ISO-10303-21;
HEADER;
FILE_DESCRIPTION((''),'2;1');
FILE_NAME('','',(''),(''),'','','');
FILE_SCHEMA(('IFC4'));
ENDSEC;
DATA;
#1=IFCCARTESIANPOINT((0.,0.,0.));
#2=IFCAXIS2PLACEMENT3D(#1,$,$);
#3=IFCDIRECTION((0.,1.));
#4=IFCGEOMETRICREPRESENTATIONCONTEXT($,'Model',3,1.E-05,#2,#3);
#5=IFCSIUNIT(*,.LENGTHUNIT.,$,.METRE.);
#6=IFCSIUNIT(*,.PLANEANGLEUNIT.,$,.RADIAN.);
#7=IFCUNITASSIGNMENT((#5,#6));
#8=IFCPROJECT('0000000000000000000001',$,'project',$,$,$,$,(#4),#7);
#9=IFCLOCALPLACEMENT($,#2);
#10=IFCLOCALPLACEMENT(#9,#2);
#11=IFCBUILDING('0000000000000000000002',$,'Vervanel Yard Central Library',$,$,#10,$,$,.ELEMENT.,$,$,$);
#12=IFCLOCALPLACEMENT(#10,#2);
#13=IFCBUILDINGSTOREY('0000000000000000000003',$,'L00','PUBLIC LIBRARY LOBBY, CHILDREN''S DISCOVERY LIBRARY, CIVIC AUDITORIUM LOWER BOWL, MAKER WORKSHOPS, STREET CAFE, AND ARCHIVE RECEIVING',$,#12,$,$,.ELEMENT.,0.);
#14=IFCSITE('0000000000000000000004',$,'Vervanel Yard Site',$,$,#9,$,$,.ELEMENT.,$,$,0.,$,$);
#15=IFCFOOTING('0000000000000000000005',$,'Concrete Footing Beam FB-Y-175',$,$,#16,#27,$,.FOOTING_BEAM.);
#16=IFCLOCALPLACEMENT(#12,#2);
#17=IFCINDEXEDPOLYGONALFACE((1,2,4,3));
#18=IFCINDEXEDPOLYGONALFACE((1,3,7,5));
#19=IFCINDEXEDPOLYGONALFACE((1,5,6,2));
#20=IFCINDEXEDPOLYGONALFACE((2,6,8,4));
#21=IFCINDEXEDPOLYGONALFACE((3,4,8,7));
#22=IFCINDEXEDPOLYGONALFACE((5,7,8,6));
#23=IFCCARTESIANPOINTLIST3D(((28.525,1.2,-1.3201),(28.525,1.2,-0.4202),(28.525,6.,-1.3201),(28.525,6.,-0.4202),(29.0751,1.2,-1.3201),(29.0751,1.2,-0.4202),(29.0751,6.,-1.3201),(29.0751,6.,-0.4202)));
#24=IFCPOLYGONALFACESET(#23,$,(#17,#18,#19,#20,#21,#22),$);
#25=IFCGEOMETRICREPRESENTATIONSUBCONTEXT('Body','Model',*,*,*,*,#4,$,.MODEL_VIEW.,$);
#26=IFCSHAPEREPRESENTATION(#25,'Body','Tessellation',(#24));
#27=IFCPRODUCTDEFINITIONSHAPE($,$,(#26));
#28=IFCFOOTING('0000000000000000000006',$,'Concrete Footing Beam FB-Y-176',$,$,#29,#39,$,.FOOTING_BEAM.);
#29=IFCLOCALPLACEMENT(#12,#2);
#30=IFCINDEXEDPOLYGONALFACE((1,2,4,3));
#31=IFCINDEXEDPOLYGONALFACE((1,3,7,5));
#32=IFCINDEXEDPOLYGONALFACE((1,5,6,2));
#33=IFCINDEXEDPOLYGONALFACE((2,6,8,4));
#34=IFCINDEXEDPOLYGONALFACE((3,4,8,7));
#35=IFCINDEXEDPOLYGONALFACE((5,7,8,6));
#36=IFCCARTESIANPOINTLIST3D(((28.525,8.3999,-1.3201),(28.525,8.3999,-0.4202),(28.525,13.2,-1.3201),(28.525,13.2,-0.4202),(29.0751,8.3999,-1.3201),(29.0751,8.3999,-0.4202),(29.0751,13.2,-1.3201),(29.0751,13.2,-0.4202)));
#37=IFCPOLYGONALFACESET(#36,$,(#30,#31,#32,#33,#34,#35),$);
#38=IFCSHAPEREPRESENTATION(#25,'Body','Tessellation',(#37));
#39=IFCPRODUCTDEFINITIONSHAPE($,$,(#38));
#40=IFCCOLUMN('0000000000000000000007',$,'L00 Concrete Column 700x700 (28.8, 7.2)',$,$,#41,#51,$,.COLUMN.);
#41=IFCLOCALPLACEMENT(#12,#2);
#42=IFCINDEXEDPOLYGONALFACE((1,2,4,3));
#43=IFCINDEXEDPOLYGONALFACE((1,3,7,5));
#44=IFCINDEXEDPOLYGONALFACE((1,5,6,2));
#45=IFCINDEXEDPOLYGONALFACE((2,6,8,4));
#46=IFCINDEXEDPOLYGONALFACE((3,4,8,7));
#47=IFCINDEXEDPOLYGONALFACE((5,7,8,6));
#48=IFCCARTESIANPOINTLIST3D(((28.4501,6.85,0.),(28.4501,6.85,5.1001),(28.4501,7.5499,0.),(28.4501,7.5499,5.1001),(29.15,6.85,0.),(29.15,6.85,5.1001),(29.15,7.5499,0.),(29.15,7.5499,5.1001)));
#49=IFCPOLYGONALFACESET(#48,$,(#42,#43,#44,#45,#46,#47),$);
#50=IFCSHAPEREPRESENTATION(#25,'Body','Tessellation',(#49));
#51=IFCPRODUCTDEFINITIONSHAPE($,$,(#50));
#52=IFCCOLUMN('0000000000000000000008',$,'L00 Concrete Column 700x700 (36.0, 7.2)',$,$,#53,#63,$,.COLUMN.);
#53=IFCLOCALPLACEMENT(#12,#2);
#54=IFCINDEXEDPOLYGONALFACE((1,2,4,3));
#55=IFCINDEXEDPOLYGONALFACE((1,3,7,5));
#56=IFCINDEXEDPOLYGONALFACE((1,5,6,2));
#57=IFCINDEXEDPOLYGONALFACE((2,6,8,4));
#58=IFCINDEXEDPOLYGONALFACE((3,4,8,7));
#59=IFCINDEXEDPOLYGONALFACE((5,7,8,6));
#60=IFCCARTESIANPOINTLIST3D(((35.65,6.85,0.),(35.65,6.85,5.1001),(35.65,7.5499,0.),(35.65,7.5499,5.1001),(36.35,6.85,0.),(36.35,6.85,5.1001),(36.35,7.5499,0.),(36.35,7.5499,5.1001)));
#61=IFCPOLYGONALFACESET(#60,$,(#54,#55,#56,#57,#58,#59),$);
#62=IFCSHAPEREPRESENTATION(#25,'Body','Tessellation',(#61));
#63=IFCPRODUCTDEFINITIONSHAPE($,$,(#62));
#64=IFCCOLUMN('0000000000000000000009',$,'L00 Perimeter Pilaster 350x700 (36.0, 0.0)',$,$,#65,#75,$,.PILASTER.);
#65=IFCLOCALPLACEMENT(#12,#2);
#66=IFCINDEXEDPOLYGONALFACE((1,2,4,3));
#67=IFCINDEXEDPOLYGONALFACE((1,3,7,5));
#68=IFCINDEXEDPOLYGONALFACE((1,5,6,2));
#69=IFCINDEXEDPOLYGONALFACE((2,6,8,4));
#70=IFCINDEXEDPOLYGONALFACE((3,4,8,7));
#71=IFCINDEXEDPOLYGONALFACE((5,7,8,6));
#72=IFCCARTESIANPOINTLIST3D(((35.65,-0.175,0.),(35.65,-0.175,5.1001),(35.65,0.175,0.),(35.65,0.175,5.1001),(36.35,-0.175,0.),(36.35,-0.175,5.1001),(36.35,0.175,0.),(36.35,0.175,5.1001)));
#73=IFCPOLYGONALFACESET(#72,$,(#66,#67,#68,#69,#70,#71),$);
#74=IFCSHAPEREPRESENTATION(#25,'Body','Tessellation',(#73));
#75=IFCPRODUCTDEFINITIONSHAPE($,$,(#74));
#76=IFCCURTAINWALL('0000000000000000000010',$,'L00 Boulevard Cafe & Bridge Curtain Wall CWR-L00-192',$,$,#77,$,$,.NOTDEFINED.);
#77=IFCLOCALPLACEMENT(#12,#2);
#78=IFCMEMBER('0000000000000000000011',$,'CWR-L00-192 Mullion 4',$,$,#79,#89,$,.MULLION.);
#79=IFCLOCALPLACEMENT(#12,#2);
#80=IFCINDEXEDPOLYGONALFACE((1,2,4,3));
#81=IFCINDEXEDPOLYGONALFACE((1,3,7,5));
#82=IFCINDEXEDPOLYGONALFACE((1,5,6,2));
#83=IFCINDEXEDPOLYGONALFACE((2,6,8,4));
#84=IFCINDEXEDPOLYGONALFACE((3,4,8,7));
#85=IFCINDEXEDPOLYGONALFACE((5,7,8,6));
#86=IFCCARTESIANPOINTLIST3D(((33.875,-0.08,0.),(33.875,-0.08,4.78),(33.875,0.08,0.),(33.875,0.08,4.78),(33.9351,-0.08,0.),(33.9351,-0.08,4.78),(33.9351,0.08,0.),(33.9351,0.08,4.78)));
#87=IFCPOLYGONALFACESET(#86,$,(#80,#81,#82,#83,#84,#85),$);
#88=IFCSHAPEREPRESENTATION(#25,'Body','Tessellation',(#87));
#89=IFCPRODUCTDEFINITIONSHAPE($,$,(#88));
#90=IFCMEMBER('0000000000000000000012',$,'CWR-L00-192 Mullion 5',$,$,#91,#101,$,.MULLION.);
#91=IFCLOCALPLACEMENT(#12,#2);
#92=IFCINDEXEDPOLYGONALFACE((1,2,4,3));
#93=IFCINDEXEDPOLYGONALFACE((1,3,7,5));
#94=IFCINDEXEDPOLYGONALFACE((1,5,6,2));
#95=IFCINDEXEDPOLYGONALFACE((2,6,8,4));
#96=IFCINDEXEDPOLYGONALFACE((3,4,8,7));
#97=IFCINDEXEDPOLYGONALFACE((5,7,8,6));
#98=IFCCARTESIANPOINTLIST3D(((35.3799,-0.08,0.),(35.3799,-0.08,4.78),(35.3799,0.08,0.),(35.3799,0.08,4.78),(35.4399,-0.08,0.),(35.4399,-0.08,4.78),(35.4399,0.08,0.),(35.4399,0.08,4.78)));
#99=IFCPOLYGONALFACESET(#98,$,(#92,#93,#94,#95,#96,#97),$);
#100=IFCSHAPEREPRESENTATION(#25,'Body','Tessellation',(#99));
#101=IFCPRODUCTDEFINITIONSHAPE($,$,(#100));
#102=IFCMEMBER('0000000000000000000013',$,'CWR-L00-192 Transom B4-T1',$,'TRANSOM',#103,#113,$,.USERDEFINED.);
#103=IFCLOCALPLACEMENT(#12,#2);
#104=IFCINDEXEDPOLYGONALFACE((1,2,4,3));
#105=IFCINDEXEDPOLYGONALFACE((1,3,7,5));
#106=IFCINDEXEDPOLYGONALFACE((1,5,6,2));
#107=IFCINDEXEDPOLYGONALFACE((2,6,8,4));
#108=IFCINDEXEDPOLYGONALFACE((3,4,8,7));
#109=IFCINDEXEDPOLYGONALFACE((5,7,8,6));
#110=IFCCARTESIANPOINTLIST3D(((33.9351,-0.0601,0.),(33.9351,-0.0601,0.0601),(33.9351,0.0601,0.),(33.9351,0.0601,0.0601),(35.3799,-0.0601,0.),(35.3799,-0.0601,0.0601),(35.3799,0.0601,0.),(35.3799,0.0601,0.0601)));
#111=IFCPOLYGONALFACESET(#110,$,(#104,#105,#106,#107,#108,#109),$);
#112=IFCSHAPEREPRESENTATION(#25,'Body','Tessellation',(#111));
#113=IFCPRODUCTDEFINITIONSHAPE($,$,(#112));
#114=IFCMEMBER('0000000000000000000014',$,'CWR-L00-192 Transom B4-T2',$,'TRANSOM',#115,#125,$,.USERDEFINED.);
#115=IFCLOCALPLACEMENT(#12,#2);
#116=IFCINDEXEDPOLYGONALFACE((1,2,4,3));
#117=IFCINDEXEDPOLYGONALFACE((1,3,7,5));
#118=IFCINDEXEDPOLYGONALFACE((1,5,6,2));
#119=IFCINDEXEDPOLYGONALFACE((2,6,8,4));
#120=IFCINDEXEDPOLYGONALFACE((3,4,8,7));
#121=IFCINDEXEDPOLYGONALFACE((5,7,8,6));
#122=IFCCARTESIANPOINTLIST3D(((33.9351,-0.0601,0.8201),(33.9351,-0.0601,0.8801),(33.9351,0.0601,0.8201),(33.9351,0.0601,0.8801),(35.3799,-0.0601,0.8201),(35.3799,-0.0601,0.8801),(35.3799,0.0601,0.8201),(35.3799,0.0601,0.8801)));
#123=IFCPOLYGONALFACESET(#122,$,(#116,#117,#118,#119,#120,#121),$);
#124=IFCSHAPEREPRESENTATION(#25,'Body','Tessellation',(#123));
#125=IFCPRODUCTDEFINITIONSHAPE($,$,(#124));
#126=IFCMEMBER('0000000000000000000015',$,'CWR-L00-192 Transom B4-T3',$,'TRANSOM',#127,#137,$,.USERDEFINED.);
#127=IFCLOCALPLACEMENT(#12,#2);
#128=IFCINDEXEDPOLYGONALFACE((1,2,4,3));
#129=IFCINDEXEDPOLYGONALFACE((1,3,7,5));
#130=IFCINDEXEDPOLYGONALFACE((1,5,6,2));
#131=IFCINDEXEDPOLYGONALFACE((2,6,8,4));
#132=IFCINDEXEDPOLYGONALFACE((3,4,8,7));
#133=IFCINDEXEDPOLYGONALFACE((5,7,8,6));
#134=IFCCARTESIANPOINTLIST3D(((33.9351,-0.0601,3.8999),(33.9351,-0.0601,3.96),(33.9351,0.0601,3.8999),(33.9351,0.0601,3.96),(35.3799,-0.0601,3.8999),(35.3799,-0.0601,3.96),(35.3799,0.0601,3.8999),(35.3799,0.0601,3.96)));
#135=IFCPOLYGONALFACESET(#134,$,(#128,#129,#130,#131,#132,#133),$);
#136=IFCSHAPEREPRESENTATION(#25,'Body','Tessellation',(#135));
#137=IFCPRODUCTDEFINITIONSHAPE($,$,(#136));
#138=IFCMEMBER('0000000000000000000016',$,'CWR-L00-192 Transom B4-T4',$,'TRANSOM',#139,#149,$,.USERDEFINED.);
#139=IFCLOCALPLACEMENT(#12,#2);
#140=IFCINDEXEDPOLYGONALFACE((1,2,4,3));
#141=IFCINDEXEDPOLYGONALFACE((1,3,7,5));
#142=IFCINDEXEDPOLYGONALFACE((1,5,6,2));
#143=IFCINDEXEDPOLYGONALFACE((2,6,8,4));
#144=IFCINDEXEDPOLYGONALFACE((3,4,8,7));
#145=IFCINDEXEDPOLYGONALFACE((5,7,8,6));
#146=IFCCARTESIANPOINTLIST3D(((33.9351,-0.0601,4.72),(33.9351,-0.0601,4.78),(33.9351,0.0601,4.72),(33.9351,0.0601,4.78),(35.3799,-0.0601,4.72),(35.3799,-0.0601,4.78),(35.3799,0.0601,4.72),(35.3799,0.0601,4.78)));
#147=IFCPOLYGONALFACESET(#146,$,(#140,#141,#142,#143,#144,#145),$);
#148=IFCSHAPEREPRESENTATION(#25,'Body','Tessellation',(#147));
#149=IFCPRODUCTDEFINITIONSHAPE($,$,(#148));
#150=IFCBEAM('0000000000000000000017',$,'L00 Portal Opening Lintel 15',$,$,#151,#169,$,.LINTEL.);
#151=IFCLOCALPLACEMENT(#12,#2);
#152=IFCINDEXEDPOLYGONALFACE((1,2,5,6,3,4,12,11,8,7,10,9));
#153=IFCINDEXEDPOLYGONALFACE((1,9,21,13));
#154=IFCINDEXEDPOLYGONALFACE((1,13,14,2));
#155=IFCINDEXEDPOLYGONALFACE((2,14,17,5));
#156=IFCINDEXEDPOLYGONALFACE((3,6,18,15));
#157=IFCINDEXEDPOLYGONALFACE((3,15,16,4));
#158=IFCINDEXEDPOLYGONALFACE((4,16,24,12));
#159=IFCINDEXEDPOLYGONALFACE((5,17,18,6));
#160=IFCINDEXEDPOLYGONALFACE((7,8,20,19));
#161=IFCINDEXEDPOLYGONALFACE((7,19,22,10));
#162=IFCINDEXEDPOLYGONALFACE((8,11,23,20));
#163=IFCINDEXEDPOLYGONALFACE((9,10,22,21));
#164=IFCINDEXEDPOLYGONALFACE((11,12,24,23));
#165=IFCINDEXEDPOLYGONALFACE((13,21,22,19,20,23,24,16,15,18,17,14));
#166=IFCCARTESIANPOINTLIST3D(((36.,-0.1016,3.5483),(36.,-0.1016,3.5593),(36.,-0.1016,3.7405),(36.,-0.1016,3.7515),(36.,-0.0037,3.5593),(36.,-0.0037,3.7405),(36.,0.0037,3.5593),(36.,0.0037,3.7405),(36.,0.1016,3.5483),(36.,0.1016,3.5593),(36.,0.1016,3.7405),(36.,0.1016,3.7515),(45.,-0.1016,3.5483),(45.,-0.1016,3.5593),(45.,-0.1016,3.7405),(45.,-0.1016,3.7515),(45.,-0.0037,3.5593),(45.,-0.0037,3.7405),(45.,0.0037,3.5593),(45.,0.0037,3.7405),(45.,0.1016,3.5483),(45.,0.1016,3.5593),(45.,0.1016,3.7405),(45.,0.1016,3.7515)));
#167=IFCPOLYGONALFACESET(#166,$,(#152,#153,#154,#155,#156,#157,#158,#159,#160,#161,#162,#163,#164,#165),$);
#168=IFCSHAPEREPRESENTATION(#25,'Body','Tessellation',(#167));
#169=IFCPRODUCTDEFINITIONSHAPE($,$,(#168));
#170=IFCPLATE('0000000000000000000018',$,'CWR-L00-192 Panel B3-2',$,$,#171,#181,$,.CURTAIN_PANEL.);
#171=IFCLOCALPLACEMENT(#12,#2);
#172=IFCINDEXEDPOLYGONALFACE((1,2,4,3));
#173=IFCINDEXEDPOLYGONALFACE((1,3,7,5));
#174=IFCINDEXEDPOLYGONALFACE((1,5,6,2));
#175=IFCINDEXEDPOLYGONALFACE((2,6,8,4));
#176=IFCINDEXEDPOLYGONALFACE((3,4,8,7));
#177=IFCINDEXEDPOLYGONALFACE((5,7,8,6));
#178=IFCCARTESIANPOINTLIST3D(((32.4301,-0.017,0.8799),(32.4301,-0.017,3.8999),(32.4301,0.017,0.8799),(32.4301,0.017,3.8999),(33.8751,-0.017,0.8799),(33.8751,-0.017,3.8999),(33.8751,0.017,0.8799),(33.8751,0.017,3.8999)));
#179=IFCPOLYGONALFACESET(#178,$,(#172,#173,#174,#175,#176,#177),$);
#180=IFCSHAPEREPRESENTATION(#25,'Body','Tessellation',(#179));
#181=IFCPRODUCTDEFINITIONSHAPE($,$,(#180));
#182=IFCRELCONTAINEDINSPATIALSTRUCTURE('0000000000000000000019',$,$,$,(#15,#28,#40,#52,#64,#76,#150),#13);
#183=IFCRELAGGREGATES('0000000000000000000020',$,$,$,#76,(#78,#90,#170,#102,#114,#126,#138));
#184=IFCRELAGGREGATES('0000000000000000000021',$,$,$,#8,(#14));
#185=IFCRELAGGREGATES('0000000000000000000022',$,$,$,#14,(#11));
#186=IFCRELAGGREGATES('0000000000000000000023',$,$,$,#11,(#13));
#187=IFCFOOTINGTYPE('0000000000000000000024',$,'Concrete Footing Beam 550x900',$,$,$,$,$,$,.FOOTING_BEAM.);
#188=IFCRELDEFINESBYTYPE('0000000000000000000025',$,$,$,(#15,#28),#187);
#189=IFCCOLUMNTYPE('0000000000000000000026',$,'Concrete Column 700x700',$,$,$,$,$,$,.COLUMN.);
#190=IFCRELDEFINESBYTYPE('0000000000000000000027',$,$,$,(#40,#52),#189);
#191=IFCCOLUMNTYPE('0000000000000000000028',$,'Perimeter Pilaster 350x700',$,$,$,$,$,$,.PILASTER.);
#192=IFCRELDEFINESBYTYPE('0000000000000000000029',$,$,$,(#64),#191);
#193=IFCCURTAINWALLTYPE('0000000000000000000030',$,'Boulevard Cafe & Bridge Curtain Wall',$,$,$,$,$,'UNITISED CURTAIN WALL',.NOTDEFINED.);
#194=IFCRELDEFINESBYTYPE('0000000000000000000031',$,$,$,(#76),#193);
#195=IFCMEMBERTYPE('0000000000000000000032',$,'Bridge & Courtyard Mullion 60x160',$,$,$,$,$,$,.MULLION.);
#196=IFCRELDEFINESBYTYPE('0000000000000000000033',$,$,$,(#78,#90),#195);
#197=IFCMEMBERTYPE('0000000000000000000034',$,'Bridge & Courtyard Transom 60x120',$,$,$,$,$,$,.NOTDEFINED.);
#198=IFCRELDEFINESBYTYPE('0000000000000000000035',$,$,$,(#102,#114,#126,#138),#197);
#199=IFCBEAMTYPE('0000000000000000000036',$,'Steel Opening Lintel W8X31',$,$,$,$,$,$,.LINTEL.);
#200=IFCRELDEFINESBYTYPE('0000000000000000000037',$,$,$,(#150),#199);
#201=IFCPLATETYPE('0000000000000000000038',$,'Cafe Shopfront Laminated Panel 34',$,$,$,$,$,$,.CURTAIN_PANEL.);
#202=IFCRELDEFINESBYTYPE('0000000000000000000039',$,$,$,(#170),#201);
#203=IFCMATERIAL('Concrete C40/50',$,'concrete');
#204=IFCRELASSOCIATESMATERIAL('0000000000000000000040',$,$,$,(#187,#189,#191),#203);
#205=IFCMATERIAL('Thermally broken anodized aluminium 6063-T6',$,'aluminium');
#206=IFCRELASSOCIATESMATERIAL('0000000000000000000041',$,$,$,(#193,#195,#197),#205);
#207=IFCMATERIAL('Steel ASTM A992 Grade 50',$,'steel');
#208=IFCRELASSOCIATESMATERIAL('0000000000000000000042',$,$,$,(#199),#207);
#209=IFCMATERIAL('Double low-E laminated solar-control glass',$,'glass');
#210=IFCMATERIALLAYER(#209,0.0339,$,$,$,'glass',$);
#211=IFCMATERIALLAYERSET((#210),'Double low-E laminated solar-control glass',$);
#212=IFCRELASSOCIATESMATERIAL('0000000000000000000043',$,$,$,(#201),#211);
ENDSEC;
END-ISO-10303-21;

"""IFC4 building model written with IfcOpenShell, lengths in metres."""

from ifc_helpers import new_model, si_unit, direction, frame, origin, origin_2d, place, context, subcontext, project, spatial, rectangle, i_section, extrude, material, layer, layer_set, material_profile, profile_set, type_object, element, aggregate, save


model = new_model("IFC4")

# Units and contexts
model_context = context("Model", 3, precision=1e-05, world=origin(), true_north=direction((0.0, 1.0)))
body_context = subcontext(model_context, "Body", "Model", "MODEL_VIEW")
ifc_project = project(units=[si_unit("LENGTHUNIT", "METRE"), si_unit("PLANEANGLEUNIT", "RADIAN")], contexts=[model_context])

# Site, building, storey
site_placement = place(None, origin())
site = spatial("IfcSite", under=ifc_project, at=site_placement, Name="Vervanel Yard Site", CompositionType="ELEMENT", RefElevation=0.0)
building_placement = place(site_placement, origin())
building = spatial("IfcBuilding", under=site, at=building_placement, Name="Vervanel Yard Central Library", CompositionType="ELEMENT")
storey_placement = place(building_placement, origin())
storey = spatial("IfcBuildingStorey", under=building, at=storey_placement, Name="L00", Description="PUBLIC LIBRARY LOBBY, CHILDREN'S DISCOVERY LIBRARY, CIVIC AUDITORIUM LOWER BOWL, MAKER WORKSHOPS, STREET CAFE, AND ARCHIVE RECEIVING", CompositionType="ELEMENT", Elevation=0.0)

# Shared definitions
ifc_material_1 = material(Name="Concrete C40/50", Category="concrete")

# Footings
ifc_material_profile_1 = material_profile(ifc_material_1, rectangle(XDim=0.55, YDim=0.8999, at=origin_2d()), Name="RC 550x900", Category="concrete")
ifc_profile_set_1 = profile_set([ifc_material_profile_1], Name="Concrete C40/50")
footing_type_1 = type_object("IfcFootingType", Name="Concrete Footing Beam 550x900", PredefinedType="FOOTING_BEAM", material=ifc_profile_set_1)
for number, where, z_axis, x_axis, name in (
    (1, (28.8, 1.2, -0.8701), (0.0, 1.0, 0.0), (-1.0, 0.0, 0.0), "Concrete Footing Beam FB-Y-175"),
    (2, (28.8, 8.3999, -0.8701), (0.0, 1.0, 0.0), (-1.0, 0.0, 0.0), "Concrete Footing Beam FB-Y-176"),
):
    element("IfcFooting", number, at=place(storey_placement, frame(where, z_axis=z_axis, x_axis=x_axis)), inside=storey, type_object=footing_type_1, Name=name, PredefinedType="FOOTING_BEAM", context=body_context, shape_type="SweptSolid", body=[
        extrude(rectangle(XDim=0.55, YDim=0.8999, at=origin_2d()), origin(), (0.0, 0.0, 1.0), 4.8),
    ])

# Columns
ifc_material_profile_2 = material_profile(ifc_material_1, rectangle(XDim=0.7, YDim=0.7, at=origin_2d()), Name="RC 700x700", Category="concrete")
ifc_profile_set_2 = profile_set([ifc_material_profile_2], Name="Concrete C40/50")
column_type_1 = type_object("IfcColumnType", Name="Concrete Column 700x700", PredefinedType="COLUMN", material=ifc_profile_set_2)
for number, where, z_axis, x_axis, name in (
    (3, (28.8, 7.2, 0.0), (0.0, 0.0, 1.0), (1.0, 0.0, 0.0), "L00 Concrete Column 700x700 (28.8, 7.2)"),
    (4, (36.0, 7.2, 0.0), (0.0, 0.0, 1.0), (1.0, 0.0, 0.0), "L00 Concrete Column 700x700 (36.0, 7.2)"),
):
    element("IfcColumn", number, at=place(storey_placement, frame(where, z_axis=z_axis, x_axis=x_axis)), inside=storey, type_object=column_type_1, Name=name, PredefinedType="COLUMN", context=body_context, shape_type="SweptSolid", body=[
        extrude(rectangle(XDim=0.7, YDim=0.7, at=origin_2d()), origin(), (0.0, 0.0, 1.0), 5.1001),
    ])
ifc_material_profile_3 = material_profile(ifc_material_1, rectangle(XDim=0.3501, YDim=0.7, at=origin_2d()), Name="RC 350x700", Category="concrete")
ifc_profile_set_3 = profile_set([ifc_material_profile_3], Name="Concrete C40/50")
column_type_2 = type_object("IfcColumnType", Name="Perimeter Pilaster 350x700", PredefinedType="PILASTER", material=ifc_profile_set_3)
column_placement = place(storey_placement, frame((36.0, 0.0, 0.0), z_axis=(0.0, 0.0, 1.0), x_axis=(0.0, 1.0, 0.0)))
element("IfcColumn", 5, at=column_placement, inside=storey, type_object=column_type_2, Name="L00 Perimeter Pilaster 350x700 (36.0, 0.0)", PredefinedType="PILASTER", context=body_context, shape_type="SweptSolid", body=[
    extrude(rectangle(XDim=0.3501, YDim=0.7, at=origin_2d()), origin(), (0.0, 0.0, 1.0), 5.1001),
])

# Curtain wall, members
ifc_material_2 = material(Name="Thermally broken anodized aluminium 6063-T6", Category="aluminium")
curtain_wall_type = type_object("IfcCurtainWallType", Name="Boulevard Cafe & Bridge Curtain Wall", ElementType="UNITISED CURTAIN WALL", PredefinedType="NOTDEFINED", material=ifc_material_2)
curtain_wall_placement = place(storey_placement, origin())
curtain_wall = element("IfcCurtainWall", 6, at=curtain_wall_placement, inside=storey, type_object=curtain_wall_type, Name="L00 Boulevard Cafe & Bridge Curtain Wall CWR-L00-192", PredefinedType="NOTDEFINED")
ifc_material_profile_4 = material_profile(ifc_material_2, rectangle(XDim=0.0601, YDim=0.1599, at=origin_2d()), Name="ALU 60x160", Category="aluminium")
ifc_profile_set_4 = profile_set([ifc_material_profile_4], Name="Thermally broken anodized aluminium 6063-T6")
member_type_1 = type_object("IfcMemberType", Name="Bridge & Courtyard Mullion 60x160", PredefinedType="MULLION", material=ifc_profile_set_4)
member_1_placement = place(storey_placement, frame((33.905, 0.0, 0.0), z_axis=(0.0, 0.0, 1.0), x_axis=(1.0, 0.0, 0.0)))
member_1 = element("IfcMember", 7, at=member_1_placement, type_object=member_type_1, Name="CWR-L00-192 Mullion 4", PredefinedType="MULLION", context=body_context, shape_type="SweptSolid", body=[
    extrude(rectangle(XDim=0.0601, YDim=0.1599, at=origin_2d()), origin(), (0.0, 0.0, 1.0), 4.78),
])
member_2_placement = place(storey_placement, frame((35.4099, 0.0, 0.0), z_axis=(0.0, 0.0, 1.0), x_axis=(1.0, 0.0, 0.0)))
member_2 = element("IfcMember", 8, at=member_2_placement, type_object=member_type_1, Name="CWR-L00-192 Mullion 5", PredefinedType="MULLION", context=body_context, shape_type="SweptSolid", body=[
    extrude(rectangle(XDim=0.0601, YDim=0.1599, at=origin_2d()), origin(), (0.0, 0.0, 1.0), 4.78),
])
ifc_material_profile_5 = material_profile(ifc_material_2, rectangle(XDim=0.0601, YDim=0.1201, at=origin_2d()), Name="ALU 60x120", Category="aluminium")
ifc_profile_set_5 = profile_set([ifc_material_profile_5], Name="Thermally broken anodized aluminium 6063-T6")
member_type_2 = type_object("IfcMemberType", Name="Bridge & Courtyard Transom 60x120", PredefinedType="NOTDEFINED", material=ifc_profile_set_5)
member_3_placement = place(storey_placement, frame((33.9351, 0.0, 0.03), z_axis=(1.0, 0.0, 0.0), x_axis=(0.0, 0.0, 1.0)))
member_3 = element("IfcMember", 9, at=member_3_placement, type_object=member_type_2, Name="CWR-L00-192 Transom B4-T1", ObjectType="TRANSOM", PredefinedType="USERDEFINED", context=body_context, shape_type="SweptSolid", body=[
    extrude(rectangle(XDim=0.0601, YDim=0.1201, at=origin_2d()), origin(), (0.0, 0.0, 1.0), 1.4448),
])
member_4_placement = place(storey_placement, frame((33.9351, 0.0, 0.8501), z_axis=(1.0, 0.0, 0.0), x_axis=(0.0, 0.0, 1.0)))
member_4 = element("IfcMember", 10, at=member_4_placement, type_object=member_type_2, Name="CWR-L00-192 Transom B4-T2", ObjectType="TRANSOM", PredefinedType="USERDEFINED", context=body_context, shape_type="SweptSolid", body=[
    extrude(rectangle(XDim=0.0601, YDim=0.1201, at=origin_2d()), origin(), (0.0, 0.0, 1.0), 1.4448),
])
member_5_placement = place(storey_placement, frame((33.9351, 0.0, 3.9299), z_axis=(1.0, 0.0, 0.0), x_axis=(0.0, 0.0, 1.0)))
member_5 = element("IfcMember", 11, at=member_5_placement, type_object=member_type_2, Name="CWR-L00-192 Transom B4-T3", ObjectType="TRANSOM", PredefinedType="USERDEFINED", context=body_context, shape_type="SweptSolid", body=[
    extrude(rectangle(XDim=0.0601, YDim=0.1201, at=origin_2d()), origin(), (0.0, 0.0, 1.0), 1.4448),
])
member_6_placement = place(storey_placement, frame((33.9351, 0.0, 4.75), z_axis=(1.0, 0.0, 0.0), x_axis=(0.0, 0.0, 1.0)))
member_6 = element("IfcMember", 12, at=member_6_placement, type_object=member_type_2, Name="CWR-L00-192 Transom B4-T4", ObjectType="TRANSOM", PredefinedType="USERDEFINED", context=body_context, shape_type="SweptSolid", body=[
    extrude(rectangle(XDim=0.0601, YDim=0.1201, at=origin_2d()), origin(), (0.0, 0.0, 1.0), 1.4448),
])

# Beam
ifc_material_3 = material(Name="Steel ASTM A992 Grade 50", Category="steel")
ifc_material_profile_6 = material_profile(ifc_material_3, i_section(OverallWidth=0.2031, OverallDepth=0.2031, WebThickness=0.0073, FlangeThickness=0.011, at=origin_2d()), Name="W8X31", Category="steel")
ifc_profile_set_6 = profile_set([ifc_material_profile_6], Name="Steel ASTM A992 Grade 50")
beam_type = type_object("IfcBeamType", Name="Steel Opening Lintel W8X31", PredefinedType="LINTEL", material=ifc_profile_set_6)
beam_placement = place(storey_placement, frame((36.0, 0.0, 3.6499), z_axis=(1.0, 0.0, 0.0), x_axis=(0.0, 1.0, 0.0)))
element("IfcBeam", 13, at=beam_placement, inside=storey, type_object=beam_type, Name="L00 Portal Opening Lintel 15", PredefinedType="LINTEL", context=body_context, shape_type="SweptSolid", body=[
    extrude(i_section(OverallWidth=0.2031, OverallDepth=0.2031, WebThickness=0.0073, FlangeThickness=0.011, at=origin_2d()), origin(), (0.0, 0.0, 1.0), 9.0),
])

# Plate
ifc_material_4 = material(Name="Double low-E laminated solar-control glass", Category="glass")
ifc_layer_1 = layer(ifc_material_4, 0.0339, Category="glass")
ifc_layer_set_1 = layer_set([ifc_layer_1], Name="Double low-E laminated solar-control glass")
plate_type_1 = type_object("IfcPlateType", Name="Cafe Shopfront Laminated Panel 34", PredefinedType="CURTAIN_PANEL", material=ifc_layer_set_1)
plate_1_placement = place(storey_placement, frame((33.1526, 0.0, 0.8799), z_axis=(0.0, 0.0, 1.0), x_axis=(1.0, 0.0, 0.0)))
plate_1 = element("IfcPlate", 14, at=plate_1_placement, type_object=plate_type_1, Name="CWR-L00-192 Panel B3-2", PredefinedType="CURTAIN_PANEL", context=body_context, shape_type="SweptSolid", body=[
    extrude(rectangle(XDim=1.4451, YDim=0.0339, at=origin_2d()), origin(), (0.0, 0.0, 1.0), 3.02),
])
aggregate(curtain_wall, [member_1, member_2, plate_1, member_3, member_4, member_5, member_6])

save(model, "model.ifc")
